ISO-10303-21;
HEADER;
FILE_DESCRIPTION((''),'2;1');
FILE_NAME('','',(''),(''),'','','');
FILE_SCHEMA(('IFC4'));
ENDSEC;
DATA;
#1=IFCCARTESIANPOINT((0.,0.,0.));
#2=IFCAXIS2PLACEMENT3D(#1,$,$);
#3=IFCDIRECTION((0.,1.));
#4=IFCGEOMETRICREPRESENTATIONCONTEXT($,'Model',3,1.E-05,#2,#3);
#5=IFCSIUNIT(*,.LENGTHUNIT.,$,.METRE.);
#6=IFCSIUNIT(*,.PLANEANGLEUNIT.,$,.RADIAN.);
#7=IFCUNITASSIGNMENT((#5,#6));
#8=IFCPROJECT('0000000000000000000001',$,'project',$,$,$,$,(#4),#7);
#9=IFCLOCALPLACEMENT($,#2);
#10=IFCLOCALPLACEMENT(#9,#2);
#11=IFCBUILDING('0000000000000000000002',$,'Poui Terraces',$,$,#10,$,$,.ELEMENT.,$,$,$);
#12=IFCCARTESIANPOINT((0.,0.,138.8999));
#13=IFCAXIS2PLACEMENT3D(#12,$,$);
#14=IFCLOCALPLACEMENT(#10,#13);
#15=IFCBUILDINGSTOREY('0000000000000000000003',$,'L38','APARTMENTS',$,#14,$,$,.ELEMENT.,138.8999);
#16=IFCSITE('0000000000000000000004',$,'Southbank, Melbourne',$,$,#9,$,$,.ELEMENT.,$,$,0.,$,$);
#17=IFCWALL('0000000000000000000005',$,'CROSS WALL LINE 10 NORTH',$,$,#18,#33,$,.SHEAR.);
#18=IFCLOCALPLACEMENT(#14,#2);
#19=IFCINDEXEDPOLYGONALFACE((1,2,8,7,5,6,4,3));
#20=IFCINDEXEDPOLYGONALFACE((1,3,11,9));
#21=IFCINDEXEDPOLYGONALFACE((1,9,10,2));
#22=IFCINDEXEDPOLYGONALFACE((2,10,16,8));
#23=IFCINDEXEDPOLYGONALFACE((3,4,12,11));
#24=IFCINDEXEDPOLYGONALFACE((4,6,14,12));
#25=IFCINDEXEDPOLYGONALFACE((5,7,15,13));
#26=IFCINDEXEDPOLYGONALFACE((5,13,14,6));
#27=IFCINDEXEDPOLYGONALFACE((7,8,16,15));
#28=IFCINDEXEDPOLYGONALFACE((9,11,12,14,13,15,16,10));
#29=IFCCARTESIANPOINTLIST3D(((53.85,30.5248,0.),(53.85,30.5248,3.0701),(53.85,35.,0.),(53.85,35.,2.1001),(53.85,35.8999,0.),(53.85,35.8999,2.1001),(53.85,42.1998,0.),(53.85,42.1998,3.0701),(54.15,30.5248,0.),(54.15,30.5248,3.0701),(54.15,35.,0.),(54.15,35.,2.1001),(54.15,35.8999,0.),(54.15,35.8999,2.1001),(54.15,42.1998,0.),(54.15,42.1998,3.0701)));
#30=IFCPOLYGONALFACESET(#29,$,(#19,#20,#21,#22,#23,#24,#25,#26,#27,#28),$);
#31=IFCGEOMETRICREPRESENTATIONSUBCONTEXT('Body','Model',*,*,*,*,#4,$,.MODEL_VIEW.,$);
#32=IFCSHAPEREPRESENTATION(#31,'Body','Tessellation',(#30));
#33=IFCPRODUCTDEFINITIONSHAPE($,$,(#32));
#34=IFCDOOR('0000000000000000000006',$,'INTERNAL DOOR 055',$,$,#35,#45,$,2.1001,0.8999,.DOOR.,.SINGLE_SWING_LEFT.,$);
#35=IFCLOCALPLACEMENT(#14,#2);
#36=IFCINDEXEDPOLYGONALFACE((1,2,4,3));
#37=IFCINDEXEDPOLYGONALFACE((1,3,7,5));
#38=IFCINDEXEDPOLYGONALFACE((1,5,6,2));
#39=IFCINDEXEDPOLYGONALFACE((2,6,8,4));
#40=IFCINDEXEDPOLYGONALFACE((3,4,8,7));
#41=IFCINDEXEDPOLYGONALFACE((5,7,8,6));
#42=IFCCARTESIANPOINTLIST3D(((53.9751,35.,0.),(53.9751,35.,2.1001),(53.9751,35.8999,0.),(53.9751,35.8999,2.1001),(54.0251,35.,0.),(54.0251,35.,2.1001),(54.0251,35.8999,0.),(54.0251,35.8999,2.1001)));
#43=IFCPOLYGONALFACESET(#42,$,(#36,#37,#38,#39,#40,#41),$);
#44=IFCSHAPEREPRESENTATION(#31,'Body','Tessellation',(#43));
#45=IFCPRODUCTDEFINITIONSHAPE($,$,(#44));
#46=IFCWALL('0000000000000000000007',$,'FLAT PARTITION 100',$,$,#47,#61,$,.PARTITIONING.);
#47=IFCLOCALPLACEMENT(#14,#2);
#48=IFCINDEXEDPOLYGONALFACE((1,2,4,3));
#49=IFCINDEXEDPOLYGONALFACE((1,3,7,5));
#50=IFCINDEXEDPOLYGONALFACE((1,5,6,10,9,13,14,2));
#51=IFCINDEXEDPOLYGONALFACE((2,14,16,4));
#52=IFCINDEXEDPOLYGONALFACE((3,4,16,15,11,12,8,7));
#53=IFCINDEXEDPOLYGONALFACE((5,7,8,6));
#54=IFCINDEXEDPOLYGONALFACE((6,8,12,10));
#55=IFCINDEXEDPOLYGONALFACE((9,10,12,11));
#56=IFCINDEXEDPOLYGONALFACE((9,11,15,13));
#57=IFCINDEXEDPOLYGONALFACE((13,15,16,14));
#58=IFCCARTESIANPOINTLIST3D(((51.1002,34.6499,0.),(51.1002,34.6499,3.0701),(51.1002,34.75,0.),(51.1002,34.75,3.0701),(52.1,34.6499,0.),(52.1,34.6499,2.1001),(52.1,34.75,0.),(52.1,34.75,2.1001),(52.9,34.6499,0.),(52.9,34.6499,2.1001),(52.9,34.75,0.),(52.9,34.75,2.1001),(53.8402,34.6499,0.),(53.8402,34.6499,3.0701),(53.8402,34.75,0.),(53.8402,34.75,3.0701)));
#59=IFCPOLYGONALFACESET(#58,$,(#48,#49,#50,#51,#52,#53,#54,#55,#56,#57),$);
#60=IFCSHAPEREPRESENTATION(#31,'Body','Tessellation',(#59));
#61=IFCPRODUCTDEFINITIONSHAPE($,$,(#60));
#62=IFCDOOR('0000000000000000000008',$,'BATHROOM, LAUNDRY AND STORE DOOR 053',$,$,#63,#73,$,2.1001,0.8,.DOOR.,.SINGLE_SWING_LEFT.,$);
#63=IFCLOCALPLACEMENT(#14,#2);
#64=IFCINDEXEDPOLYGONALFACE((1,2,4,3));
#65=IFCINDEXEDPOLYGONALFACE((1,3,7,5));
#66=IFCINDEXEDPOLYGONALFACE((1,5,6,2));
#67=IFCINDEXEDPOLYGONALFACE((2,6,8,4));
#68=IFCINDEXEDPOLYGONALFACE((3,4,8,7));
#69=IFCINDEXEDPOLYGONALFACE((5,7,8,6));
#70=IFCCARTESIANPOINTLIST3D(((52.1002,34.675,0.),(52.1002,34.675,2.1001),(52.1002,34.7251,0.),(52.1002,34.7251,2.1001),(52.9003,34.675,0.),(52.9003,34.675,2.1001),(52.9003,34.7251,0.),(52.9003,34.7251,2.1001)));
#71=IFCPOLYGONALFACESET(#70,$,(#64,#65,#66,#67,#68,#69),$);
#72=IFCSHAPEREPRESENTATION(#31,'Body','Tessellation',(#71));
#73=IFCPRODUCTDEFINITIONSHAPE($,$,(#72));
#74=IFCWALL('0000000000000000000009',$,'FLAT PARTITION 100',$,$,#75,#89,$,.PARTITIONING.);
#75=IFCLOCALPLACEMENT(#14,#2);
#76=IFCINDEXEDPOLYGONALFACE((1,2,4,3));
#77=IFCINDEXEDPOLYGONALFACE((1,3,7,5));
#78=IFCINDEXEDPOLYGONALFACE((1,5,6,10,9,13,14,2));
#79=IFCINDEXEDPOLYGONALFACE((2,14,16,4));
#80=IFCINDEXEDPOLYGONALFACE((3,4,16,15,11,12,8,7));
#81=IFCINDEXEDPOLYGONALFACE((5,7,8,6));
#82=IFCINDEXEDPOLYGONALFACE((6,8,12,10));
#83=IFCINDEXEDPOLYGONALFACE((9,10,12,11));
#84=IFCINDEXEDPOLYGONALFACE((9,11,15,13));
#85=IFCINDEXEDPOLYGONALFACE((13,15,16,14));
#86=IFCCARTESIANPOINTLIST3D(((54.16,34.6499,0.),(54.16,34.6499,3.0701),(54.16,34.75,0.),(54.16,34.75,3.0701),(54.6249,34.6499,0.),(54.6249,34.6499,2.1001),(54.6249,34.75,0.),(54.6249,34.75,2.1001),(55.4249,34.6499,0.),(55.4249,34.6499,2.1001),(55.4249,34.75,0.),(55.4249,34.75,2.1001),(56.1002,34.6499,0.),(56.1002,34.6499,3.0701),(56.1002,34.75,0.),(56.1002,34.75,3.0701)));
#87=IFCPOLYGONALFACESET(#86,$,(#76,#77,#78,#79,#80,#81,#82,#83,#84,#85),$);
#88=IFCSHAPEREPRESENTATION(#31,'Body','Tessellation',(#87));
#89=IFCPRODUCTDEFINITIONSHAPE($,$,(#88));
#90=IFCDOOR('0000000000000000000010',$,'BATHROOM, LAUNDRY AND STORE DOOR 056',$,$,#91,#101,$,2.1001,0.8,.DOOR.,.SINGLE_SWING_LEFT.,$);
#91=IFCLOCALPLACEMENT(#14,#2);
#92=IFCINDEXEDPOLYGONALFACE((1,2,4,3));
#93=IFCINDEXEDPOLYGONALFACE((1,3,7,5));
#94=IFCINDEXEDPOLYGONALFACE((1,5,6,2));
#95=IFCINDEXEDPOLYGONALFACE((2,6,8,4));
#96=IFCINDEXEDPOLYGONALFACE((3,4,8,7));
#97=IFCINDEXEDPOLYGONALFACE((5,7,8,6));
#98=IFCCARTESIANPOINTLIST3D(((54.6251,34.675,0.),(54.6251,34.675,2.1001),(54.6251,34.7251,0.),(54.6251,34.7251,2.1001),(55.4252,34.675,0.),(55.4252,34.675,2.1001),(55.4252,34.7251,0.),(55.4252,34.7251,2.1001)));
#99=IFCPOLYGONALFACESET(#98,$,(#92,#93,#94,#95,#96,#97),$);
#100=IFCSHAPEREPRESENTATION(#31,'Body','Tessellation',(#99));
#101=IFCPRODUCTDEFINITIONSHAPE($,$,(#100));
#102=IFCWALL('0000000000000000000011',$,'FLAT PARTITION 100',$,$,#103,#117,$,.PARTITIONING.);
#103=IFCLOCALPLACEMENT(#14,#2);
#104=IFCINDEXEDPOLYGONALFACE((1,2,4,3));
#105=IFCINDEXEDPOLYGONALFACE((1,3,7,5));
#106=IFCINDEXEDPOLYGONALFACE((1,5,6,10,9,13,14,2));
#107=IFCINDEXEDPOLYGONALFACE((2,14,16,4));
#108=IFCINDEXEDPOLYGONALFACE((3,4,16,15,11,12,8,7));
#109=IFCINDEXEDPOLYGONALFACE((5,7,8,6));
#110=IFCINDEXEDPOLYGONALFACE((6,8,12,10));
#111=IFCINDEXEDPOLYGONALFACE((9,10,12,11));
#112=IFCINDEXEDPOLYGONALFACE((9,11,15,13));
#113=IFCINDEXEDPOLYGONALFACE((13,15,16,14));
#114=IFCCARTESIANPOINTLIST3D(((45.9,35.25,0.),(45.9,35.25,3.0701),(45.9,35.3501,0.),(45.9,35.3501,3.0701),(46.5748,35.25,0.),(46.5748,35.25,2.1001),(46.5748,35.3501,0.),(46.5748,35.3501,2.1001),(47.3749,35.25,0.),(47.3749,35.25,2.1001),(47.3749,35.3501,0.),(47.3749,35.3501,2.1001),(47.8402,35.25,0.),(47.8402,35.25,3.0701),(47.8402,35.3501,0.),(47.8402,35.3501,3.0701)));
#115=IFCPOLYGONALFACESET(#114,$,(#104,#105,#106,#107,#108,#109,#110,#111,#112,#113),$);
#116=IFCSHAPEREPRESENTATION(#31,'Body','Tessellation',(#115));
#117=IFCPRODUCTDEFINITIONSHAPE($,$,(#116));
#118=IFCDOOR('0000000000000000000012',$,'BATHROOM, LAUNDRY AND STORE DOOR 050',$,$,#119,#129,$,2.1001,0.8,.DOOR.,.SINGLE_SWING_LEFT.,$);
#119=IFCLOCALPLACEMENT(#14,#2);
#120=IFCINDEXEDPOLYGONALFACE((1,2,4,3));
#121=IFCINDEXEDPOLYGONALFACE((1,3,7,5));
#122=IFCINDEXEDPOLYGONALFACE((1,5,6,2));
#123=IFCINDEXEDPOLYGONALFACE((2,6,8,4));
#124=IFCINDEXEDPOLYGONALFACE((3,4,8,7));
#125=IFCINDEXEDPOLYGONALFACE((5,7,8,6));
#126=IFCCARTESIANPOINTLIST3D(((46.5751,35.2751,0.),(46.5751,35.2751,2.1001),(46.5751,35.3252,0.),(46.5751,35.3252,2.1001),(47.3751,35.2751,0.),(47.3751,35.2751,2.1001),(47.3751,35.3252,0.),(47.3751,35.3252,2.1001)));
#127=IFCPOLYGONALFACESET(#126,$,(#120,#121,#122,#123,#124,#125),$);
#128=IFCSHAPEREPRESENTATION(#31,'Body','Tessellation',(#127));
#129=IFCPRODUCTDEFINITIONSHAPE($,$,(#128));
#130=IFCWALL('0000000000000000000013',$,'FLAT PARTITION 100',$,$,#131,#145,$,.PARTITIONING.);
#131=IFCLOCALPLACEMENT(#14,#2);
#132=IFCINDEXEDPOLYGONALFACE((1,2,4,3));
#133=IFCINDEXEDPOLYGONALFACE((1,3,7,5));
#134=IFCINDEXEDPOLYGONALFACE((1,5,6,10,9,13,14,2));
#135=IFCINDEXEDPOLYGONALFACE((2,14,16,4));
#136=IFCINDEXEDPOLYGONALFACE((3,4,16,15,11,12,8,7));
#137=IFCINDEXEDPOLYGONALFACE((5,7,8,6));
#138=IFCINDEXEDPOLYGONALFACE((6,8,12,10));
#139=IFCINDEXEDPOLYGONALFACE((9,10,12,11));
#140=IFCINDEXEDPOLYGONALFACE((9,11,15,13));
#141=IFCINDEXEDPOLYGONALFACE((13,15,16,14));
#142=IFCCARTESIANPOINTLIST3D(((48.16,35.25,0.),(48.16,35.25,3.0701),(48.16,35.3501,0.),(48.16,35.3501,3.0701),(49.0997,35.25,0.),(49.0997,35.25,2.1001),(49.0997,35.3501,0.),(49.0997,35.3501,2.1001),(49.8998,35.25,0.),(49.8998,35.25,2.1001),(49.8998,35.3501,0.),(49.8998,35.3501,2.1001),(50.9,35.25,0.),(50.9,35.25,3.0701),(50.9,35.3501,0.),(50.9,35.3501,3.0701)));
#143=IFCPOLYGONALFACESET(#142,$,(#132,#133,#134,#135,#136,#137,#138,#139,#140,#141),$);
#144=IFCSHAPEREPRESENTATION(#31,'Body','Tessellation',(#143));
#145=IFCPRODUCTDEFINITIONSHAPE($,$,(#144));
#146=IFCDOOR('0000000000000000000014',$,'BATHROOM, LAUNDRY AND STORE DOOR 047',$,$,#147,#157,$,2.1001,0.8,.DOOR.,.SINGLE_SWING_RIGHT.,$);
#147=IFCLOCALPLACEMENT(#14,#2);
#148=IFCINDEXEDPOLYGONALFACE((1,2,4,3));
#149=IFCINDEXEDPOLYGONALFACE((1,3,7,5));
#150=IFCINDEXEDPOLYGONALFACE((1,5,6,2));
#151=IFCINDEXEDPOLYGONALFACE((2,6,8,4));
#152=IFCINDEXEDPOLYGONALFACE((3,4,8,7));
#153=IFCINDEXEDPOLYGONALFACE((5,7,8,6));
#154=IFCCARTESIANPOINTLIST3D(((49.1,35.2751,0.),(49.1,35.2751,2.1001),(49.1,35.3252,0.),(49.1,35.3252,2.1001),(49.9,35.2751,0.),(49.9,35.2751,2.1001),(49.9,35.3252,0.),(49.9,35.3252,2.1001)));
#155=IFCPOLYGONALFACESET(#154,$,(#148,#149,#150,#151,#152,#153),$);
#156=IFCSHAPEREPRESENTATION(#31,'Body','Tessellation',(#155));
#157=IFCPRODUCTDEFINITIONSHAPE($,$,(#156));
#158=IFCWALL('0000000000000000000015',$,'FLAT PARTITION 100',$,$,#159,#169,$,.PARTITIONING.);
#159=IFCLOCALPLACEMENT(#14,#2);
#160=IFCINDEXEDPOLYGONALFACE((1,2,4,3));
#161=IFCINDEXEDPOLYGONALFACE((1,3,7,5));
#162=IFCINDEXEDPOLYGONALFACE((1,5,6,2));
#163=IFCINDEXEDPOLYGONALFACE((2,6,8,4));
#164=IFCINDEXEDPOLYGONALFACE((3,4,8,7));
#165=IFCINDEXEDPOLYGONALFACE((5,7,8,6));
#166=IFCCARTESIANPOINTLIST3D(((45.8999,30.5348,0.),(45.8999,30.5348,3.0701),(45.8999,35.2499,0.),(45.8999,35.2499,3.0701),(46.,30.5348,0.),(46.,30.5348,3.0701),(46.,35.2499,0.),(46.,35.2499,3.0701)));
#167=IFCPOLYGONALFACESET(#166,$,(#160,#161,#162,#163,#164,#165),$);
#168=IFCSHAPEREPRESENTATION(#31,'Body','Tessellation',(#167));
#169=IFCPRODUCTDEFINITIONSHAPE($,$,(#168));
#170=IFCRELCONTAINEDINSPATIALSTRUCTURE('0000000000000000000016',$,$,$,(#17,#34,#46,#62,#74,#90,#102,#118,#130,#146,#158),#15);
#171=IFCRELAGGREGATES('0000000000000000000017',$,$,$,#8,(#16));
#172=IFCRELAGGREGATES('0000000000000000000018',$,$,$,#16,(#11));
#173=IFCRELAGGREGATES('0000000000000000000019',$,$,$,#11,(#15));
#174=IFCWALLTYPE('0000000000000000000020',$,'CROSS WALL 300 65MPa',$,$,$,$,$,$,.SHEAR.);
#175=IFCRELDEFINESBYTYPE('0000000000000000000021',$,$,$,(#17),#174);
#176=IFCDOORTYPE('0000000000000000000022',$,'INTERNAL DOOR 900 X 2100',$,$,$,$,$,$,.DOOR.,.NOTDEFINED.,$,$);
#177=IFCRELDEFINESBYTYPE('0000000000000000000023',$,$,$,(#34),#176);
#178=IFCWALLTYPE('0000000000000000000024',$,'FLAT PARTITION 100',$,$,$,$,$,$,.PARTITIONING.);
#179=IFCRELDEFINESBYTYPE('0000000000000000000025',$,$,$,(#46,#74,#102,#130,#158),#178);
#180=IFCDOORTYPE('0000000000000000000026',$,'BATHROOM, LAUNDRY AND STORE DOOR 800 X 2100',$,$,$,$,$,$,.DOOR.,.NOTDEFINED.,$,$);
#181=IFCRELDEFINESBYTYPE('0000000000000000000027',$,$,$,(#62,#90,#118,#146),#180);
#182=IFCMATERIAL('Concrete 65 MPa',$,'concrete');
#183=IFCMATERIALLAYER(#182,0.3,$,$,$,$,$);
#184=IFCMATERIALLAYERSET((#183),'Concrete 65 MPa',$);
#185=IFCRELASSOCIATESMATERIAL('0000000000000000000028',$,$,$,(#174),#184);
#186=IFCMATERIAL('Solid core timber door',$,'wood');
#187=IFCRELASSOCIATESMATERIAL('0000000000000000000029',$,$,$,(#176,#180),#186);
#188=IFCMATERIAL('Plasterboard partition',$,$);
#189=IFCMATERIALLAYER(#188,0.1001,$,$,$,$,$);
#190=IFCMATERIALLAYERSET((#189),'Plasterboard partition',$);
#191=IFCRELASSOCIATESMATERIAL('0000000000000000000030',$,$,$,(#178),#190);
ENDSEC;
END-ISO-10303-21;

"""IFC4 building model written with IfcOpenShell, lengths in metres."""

from ifc_helpers import new_model, si_unit, direction, frame, frame_2d, origin, place, context, subcontext, project, spatial, rectangle, extrude, material, layer, layer_set, type_object, element, fill, save


model = new_model("IFC4")

# Units and contexts
model_context = context("Model", 3, precision=1e-05, world=origin(), true_north=direction((0.0, 1.0)))
body_context = subcontext(model_context, "Body", "Model", "MODEL_VIEW")
ifc_project = project(units=[si_unit("LENGTHUNIT", "METRE"), si_unit("PLANEANGLEUNIT", "RADIAN")], contexts=[model_context])

# Site, building, storey
site_placement = place(None, origin())
site = spatial("IfcSite", under=ifc_project, at=site_placement, Name="Southbank, Melbourne", CompositionType="ELEMENT", RefElevation=0.0)
building_placement = place(site_placement, origin())
building = spatial("IfcBuilding", under=site, at=building_placement, Name="Poui Terraces", CompositionType="ELEMENT")
storey_placement = place(building_placement, frame((0.0, 0.0, 138.8999)))
storey = spatial("IfcBuildingStorey", under=building, at=storey_placement, Name="L38", Description="APARTMENTS", CompositionType="ELEMENT", Elevation=138.8999)

# Walls, openings, doors
ifc_material_1 = material(Name="Concrete 65 MPa", Category="concrete")
ifc_layer_1 = layer(ifc_material_1, 0.3)
ifc_layer_set_1 = layer_set([ifc_layer_1], Name="Concrete 65 MPa")
wall_type_1 = type_object("IfcWallType", Name="CROSS WALL 300 65MPa", PredefinedType="SHEAR", material=ifc_layer_set_1)
wall_1_placement = place(storey_placement, frame((54.0, 30.5249, 0.0), z_axis=(0.0, 0.0, 1.0), x_axis=(0.0, 1.0, 0.0)))
wall_1 = element("IfcWall", 1, at=wall_1_placement, inside=storey, type_object=wall_type_1, Name="CROSS WALL LINE 10 NORTH", PredefinedType="SHEAR", context=body_context, shape_type="SweptSolid", body=[
    extrude(rectangle(XDim=11.675, YDim=0.3, at=frame_2d((5.8374, 0.0))), origin(), (0.0, 0.0, 1.0), 3.0701),
])
opening_1_placement = place(wall_1_placement, frame((4.4751, 0.0, 0.0)))
opening_1 = element("IfcOpeningElement", 2, at=opening_1_placement, cuts=wall_1, PredefinedType="OPENING", context=body_context, shape_type="SweptSolid", body=[
    extrude(rectangle(XDim=0.8999, YDim=2.1001, at=frame_2d((0.45, 1.05))), frame((0.0, 0.1602, 0.0), z_axis=(0.0, -1.0, 0.0), x_axis=(1.0, 0.0, 0.0)), (0.0, 0.0, 1.0), 0.3201),
])
ifc_material_2 = material(Name="Solid core timber door", Category="wood")
door_type_1 = type_object("IfcDoorType", Name="INTERNAL DOOR 900 X 2100", OperationType="NOTDEFINED", PredefinedType="DOOR", material=ifc_material_2)
door_1_placement = place(opening_1_placement, origin())
door_1 = element("IfcDoor", 3, at=door_1_placement, inside=storey, type_object=door_type_1, Name="INTERNAL DOOR 055", OperationType="SINGLE_SWING_LEFT", OverallHeight=2.1001, OverallWidth=0.8999, PredefinedType="DOOR", context=body_context, shape_type="SweptSolid", body=[
    extrude(rectangle(XDim=0.8999, YDim=2.1001, at=frame_2d((0.45, 1.05))), frame((0.0, 0.0249, 0.0), z_axis=(0.0, -1.0, 0.0), x_axis=(1.0, 0.0, 0.0)), (0.0, 0.0, 1.0), 0.05),
])
fill(opening_1, door_1)
ifc_material_3 = material(Name="Plasterboard partition")
ifc_layer_2 = layer(ifc_material_3, 0.1001)
ifc_layer_set_2 = layer_set([ifc_layer_2], Name="Plasterboard partition")
wall_type_2 = type_object("IfcWallType", Name="FLAT PARTITION 100", PredefinedType="PARTITIONING", material=ifc_layer_set_2)
wall_2_placement = place(storey_placement, frame((51.1001, 34.7, 0.0), z_axis=(0.0, 0.0, 1.0), x_axis=(1.0, 0.0, 0.0)))
wall_2 = element("IfcWall", 4, at=wall_2_placement, inside=storey, type_object=wall_type_2, Name="FLAT PARTITION 100", PredefinedType="PARTITIONING", context=body_context, shape_type="SweptSolid", body=[
    extrude(rectangle(XDim=2.74, YDim=0.1001, at=frame_2d((1.3701, 0.0))), origin(), (0.0, 0.0, 1.0), 3.0701),
])
opening_2_placement = place(wall_2_placement, frame((1.0, 0.0, 0.0)))
opening_2 = element("IfcOpeningElement", 5, at=opening_2_placement, cuts=wall_2, PredefinedType="OPENING", context=body_context, shape_type="SweptSolid", body=[
    extrude(rectangle(XDim=0.8, YDim=2.1001, at=frame_2d((0.3999, 1.05))), frame((0.0, 0.0601, 0.0), z_axis=(0.0, -1.0, 0.0), x_axis=(1.0, 0.0, 0.0)), (0.0, 0.0, 1.0), 0.1201),
])
door_type_2 = type_object("IfcDoorType", Name="BATHROOM, LAUNDRY AND STORE DOOR 800 X 2100", OperationType="NOTDEFINED", PredefinedType="DOOR", material=ifc_material_2)
door_2_placement = place(opening_2_placement, frame((0.8, 0.0, 0.0), z_axis=(0.0, 0.0, 1.0), x_axis=(-1.0, 0.0, 0.0)))
door_2 = element("IfcDoor", 6, at=door_2_placement, inside=storey, type_object=door_type_2, Name="BATHROOM, LAUNDRY AND STORE DOOR 053", OperationType="SINGLE_SWING_LEFT", OverallHeight=2.1001, OverallWidth=0.8, PredefinedType="DOOR", context=body_context, shape_type="SweptSolid", body=[
    extrude(rectangle(XDim=0.8, YDim=2.1001, at=frame_2d((0.3999, 1.05))), frame((0.0, 0.0249, 0.0), z_axis=(0.0, -1.0, 0.0), x_axis=(1.0, 0.0, 0.0)), (0.0, 0.0, 1.0), 0.05),
])
fill(opening_2, door_2)
wall_3_placement = place(storey_placement, frame((54.1599, 34.7, 0.0), z_axis=(0.0, 0.0, 1.0), x_axis=(1.0, 0.0, 0.0)))
wall_3 = element("IfcWall", 7, at=wall_3_placement, inside=storey, type_object=wall_type_2, Name="FLAT PARTITION 100", PredefinedType="PARTITIONING", context=body_context, shape_type="SweptSolid", body=[
    extrude(rectangle(XDim=1.9402, YDim=0.1001, at=frame_2d((0.9702, 0.0))), origin(), (0.0, 0.0, 1.0), 3.0701),
])
opening_3_placement = place(wall_3_placement, frame((0.4651, 0.0, 0.0)))
opening_3 = element("IfcOpeningElement", 8, at=opening_3_placement, cuts=wall_3, PredefinedType="OPENING", context=body_context, shape_type="SweptSolid", body=[
    extrude(rectangle(XDim=0.8, YDim=2.1001, at=frame_2d((0.3999, 1.05))), frame((0.0, 0.0601, 0.0), z_axis=(0.0, -1.0, 0.0), x_axis=(1.0, 0.0, 0.0)), (0.0, 0.0, 1.0), 0.1201),
])
door_3_placement = place(opening_3_placement, frame((0.8, 0.0, 0.0), z_axis=(0.0, 0.0, 1.0), x_axis=(-1.0, 0.0, 0.0)))
door_3 = element("IfcDoor", 9, at=door_3_placement, inside=storey, type_object=door_type_2, Name="BATHROOM, LAUNDRY AND STORE DOOR 056", OperationType="SINGLE_SWING_LEFT", OverallHeight=2.1001, OverallWidth=0.8, PredefinedType="DOOR", context=body_context, shape_type="SweptSolid", body=[
    extrude(rectangle(XDim=0.8, YDim=2.1001, at=frame_2d((0.3999, 1.05))), frame((0.0, 0.0249, 0.0), z_axis=(0.0, -1.0, 0.0), x_axis=(1.0, 0.0, 0.0)), (0.0, 0.0, 1.0), 0.05),
])
fill(opening_3, door_3)
wall_4_placement = place(storey_placement, frame((45.8999, 35.3, 0.0), z_axis=(0.0, 0.0, 1.0), x_axis=(1.0, 0.0, 0.0)))
wall_4 = element("IfcWall", 10, at=wall_4_placement, inside=storey, type_object=wall_type_2, Name="FLAT PARTITION 100", PredefinedType="PARTITIONING", context=body_context, shape_type="SweptSolid", body=[
    extrude(rectangle(XDim=1.9402, YDim=0.1001, at=frame_2d((0.9702, 0.0))), origin(), (0.0, 0.0, 1.0), 3.0701),
])
opening_4_placement = place(wall_4_placement, frame((0.675, 0.0, 0.0)))
opening_4 = element("IfcOpeningElement", 11, at=opening_4_placement, cuts=wall_4, PredefinedType="OPENING", context=body_context, shape_type="SweptSolid", body=[
    extrude(rectangle(XDim=0.8, YDim=2.1001, at=frame_2d((0.3999, 1.05))), frame((0.0, 0.0601, 0.0), z_axis=(0.0, -1.0, 0.0), x_axis=(1.0, 0.0, 0.0)), (0.0, 0.0, 1.0), 0.1201),
])
door_4_placement = place(opening_4_placement, frame((0.8, 0.0, 0.0), z_axis=(0.0, 0.0, 1.0), x_axis=(-1.0, 0.0, 0.0)))
door_4 = element("IfcDoor", 12, at=door_4_placement, inside=storey, type_object=door_type_2, Name="BATHROOM, LAUNDRY AND STORE DOOR 050", OperationType="SINGLE_SWING_LEFT", OverallHeight=2.1001, OverallWidth=0.8, PredefinedType="DOOR", context=body_context, shape_type="SweptSolid", body=[
    extrude(rectangle(XDim=0.8, YDim=2.1001, at=frame_2d((0.3999, 1.05))), frame((0.0, 0.0249, 0.0), z_axis=(0.0, -1.0, 0.0), x_axis=(1.0, 0.0, 0.0)), (0.0, 0.0, 1.0), 0.05),
])
fill(opening_4, door_4)
wall_5_placement = place(storey_placement, frame((48.1599, 35.3, 0.0), z_axis=(0.0, 0.0, 1.0), x_axis=(1.0, 0.0, 0.0)))
wall_5 = element("IfcWall", 13, at=wall_5_placement, inside=storey, type_object=wall_type_2, Name="FLAT PARTITION 100", PredefinedType="PARTITIONING", context=body_context, shape_type="SweptSolid", body=[
    extrude(rectangle(XDim=2.74, YDim=0.1001, at=frame_2d((1.3701, 0.0))), origin(), (0.0, 0.0, 1.0), 3.0701),
])
opening_5_placement = place(wall_5_placement, frame((0.9399, 0.0, 0.0)))
opening_5 = element("IfcOpeningElement", 14, at=opening_5_placement, cuts=wall_5, PredefinedType="OPENING", context=body_context, shape_type="SweptSolid", body=[
    extrude(rectangle(XDim=0.8, YDim=2.1001, at=frame_2d((0.3999, 1.05))), frame((0.0, 0.0601, 0.0), z_axis=(0.0, -1.0, 0.0), x_axis=(1.0, 0.0, 0.0)), (0.0, 0.0, 1.0), 0.1201),
])
door_5_placement = place(opening_5_placement, frame((0.8, 0.0, 0.0), z_axis=(0.0, 0.0, 1.0), x_axis=(-1.0, 0.0, 0.0)))
door_5 = element("IfcDoor", 15, at=door_5_placement, inside=storey, type_object=door_type_2, Name="BATHROOM, LAUNDRY AND STORE DOOR 047", OperationType="SINGLE_SWING_RIGHT", OverallHeight=2.1001, OverallWidth=0.8, PredefinedType="DOOR", context=body_context, shape_type="SweptSolid", body=[
    extrude(rectangle(XDim=0.8, YDim=2.1001, at=frame_2d((0.3999, 1.05))), frame((0.0, 0.0249, 0.0), z_axis=(0.0, -1.0, 0.0), x_axis=(1.0, 0.0, 0.0)), (0.0, 0.0, 1.0), 0.05),
])
fill(opening_5, door_5)

# Wall
wall_6_placement = place(storey_placement, frame((45.95, 30.5349, 0.0), z_axis=(0.0, 0.0, 1.0), x_axis=(0.0, 1.0, 0.0)))
element("IfcWall", 16, at=wall_6_placement, inside=storey, type_object=wall_type_2, Name="FLAT PARTITION 100", PredefinedType="PARTITIONING", context=body_context, shape_type="SweptSolid", body=[
    extrude(rectangle(XDim=4.7151, YDim=0.1001, at=frame_2d((2.3574, 0.0))), origin(), (0.0, 0.0, 1.0), 3.0701),
])

save(model, "model.ifc")
